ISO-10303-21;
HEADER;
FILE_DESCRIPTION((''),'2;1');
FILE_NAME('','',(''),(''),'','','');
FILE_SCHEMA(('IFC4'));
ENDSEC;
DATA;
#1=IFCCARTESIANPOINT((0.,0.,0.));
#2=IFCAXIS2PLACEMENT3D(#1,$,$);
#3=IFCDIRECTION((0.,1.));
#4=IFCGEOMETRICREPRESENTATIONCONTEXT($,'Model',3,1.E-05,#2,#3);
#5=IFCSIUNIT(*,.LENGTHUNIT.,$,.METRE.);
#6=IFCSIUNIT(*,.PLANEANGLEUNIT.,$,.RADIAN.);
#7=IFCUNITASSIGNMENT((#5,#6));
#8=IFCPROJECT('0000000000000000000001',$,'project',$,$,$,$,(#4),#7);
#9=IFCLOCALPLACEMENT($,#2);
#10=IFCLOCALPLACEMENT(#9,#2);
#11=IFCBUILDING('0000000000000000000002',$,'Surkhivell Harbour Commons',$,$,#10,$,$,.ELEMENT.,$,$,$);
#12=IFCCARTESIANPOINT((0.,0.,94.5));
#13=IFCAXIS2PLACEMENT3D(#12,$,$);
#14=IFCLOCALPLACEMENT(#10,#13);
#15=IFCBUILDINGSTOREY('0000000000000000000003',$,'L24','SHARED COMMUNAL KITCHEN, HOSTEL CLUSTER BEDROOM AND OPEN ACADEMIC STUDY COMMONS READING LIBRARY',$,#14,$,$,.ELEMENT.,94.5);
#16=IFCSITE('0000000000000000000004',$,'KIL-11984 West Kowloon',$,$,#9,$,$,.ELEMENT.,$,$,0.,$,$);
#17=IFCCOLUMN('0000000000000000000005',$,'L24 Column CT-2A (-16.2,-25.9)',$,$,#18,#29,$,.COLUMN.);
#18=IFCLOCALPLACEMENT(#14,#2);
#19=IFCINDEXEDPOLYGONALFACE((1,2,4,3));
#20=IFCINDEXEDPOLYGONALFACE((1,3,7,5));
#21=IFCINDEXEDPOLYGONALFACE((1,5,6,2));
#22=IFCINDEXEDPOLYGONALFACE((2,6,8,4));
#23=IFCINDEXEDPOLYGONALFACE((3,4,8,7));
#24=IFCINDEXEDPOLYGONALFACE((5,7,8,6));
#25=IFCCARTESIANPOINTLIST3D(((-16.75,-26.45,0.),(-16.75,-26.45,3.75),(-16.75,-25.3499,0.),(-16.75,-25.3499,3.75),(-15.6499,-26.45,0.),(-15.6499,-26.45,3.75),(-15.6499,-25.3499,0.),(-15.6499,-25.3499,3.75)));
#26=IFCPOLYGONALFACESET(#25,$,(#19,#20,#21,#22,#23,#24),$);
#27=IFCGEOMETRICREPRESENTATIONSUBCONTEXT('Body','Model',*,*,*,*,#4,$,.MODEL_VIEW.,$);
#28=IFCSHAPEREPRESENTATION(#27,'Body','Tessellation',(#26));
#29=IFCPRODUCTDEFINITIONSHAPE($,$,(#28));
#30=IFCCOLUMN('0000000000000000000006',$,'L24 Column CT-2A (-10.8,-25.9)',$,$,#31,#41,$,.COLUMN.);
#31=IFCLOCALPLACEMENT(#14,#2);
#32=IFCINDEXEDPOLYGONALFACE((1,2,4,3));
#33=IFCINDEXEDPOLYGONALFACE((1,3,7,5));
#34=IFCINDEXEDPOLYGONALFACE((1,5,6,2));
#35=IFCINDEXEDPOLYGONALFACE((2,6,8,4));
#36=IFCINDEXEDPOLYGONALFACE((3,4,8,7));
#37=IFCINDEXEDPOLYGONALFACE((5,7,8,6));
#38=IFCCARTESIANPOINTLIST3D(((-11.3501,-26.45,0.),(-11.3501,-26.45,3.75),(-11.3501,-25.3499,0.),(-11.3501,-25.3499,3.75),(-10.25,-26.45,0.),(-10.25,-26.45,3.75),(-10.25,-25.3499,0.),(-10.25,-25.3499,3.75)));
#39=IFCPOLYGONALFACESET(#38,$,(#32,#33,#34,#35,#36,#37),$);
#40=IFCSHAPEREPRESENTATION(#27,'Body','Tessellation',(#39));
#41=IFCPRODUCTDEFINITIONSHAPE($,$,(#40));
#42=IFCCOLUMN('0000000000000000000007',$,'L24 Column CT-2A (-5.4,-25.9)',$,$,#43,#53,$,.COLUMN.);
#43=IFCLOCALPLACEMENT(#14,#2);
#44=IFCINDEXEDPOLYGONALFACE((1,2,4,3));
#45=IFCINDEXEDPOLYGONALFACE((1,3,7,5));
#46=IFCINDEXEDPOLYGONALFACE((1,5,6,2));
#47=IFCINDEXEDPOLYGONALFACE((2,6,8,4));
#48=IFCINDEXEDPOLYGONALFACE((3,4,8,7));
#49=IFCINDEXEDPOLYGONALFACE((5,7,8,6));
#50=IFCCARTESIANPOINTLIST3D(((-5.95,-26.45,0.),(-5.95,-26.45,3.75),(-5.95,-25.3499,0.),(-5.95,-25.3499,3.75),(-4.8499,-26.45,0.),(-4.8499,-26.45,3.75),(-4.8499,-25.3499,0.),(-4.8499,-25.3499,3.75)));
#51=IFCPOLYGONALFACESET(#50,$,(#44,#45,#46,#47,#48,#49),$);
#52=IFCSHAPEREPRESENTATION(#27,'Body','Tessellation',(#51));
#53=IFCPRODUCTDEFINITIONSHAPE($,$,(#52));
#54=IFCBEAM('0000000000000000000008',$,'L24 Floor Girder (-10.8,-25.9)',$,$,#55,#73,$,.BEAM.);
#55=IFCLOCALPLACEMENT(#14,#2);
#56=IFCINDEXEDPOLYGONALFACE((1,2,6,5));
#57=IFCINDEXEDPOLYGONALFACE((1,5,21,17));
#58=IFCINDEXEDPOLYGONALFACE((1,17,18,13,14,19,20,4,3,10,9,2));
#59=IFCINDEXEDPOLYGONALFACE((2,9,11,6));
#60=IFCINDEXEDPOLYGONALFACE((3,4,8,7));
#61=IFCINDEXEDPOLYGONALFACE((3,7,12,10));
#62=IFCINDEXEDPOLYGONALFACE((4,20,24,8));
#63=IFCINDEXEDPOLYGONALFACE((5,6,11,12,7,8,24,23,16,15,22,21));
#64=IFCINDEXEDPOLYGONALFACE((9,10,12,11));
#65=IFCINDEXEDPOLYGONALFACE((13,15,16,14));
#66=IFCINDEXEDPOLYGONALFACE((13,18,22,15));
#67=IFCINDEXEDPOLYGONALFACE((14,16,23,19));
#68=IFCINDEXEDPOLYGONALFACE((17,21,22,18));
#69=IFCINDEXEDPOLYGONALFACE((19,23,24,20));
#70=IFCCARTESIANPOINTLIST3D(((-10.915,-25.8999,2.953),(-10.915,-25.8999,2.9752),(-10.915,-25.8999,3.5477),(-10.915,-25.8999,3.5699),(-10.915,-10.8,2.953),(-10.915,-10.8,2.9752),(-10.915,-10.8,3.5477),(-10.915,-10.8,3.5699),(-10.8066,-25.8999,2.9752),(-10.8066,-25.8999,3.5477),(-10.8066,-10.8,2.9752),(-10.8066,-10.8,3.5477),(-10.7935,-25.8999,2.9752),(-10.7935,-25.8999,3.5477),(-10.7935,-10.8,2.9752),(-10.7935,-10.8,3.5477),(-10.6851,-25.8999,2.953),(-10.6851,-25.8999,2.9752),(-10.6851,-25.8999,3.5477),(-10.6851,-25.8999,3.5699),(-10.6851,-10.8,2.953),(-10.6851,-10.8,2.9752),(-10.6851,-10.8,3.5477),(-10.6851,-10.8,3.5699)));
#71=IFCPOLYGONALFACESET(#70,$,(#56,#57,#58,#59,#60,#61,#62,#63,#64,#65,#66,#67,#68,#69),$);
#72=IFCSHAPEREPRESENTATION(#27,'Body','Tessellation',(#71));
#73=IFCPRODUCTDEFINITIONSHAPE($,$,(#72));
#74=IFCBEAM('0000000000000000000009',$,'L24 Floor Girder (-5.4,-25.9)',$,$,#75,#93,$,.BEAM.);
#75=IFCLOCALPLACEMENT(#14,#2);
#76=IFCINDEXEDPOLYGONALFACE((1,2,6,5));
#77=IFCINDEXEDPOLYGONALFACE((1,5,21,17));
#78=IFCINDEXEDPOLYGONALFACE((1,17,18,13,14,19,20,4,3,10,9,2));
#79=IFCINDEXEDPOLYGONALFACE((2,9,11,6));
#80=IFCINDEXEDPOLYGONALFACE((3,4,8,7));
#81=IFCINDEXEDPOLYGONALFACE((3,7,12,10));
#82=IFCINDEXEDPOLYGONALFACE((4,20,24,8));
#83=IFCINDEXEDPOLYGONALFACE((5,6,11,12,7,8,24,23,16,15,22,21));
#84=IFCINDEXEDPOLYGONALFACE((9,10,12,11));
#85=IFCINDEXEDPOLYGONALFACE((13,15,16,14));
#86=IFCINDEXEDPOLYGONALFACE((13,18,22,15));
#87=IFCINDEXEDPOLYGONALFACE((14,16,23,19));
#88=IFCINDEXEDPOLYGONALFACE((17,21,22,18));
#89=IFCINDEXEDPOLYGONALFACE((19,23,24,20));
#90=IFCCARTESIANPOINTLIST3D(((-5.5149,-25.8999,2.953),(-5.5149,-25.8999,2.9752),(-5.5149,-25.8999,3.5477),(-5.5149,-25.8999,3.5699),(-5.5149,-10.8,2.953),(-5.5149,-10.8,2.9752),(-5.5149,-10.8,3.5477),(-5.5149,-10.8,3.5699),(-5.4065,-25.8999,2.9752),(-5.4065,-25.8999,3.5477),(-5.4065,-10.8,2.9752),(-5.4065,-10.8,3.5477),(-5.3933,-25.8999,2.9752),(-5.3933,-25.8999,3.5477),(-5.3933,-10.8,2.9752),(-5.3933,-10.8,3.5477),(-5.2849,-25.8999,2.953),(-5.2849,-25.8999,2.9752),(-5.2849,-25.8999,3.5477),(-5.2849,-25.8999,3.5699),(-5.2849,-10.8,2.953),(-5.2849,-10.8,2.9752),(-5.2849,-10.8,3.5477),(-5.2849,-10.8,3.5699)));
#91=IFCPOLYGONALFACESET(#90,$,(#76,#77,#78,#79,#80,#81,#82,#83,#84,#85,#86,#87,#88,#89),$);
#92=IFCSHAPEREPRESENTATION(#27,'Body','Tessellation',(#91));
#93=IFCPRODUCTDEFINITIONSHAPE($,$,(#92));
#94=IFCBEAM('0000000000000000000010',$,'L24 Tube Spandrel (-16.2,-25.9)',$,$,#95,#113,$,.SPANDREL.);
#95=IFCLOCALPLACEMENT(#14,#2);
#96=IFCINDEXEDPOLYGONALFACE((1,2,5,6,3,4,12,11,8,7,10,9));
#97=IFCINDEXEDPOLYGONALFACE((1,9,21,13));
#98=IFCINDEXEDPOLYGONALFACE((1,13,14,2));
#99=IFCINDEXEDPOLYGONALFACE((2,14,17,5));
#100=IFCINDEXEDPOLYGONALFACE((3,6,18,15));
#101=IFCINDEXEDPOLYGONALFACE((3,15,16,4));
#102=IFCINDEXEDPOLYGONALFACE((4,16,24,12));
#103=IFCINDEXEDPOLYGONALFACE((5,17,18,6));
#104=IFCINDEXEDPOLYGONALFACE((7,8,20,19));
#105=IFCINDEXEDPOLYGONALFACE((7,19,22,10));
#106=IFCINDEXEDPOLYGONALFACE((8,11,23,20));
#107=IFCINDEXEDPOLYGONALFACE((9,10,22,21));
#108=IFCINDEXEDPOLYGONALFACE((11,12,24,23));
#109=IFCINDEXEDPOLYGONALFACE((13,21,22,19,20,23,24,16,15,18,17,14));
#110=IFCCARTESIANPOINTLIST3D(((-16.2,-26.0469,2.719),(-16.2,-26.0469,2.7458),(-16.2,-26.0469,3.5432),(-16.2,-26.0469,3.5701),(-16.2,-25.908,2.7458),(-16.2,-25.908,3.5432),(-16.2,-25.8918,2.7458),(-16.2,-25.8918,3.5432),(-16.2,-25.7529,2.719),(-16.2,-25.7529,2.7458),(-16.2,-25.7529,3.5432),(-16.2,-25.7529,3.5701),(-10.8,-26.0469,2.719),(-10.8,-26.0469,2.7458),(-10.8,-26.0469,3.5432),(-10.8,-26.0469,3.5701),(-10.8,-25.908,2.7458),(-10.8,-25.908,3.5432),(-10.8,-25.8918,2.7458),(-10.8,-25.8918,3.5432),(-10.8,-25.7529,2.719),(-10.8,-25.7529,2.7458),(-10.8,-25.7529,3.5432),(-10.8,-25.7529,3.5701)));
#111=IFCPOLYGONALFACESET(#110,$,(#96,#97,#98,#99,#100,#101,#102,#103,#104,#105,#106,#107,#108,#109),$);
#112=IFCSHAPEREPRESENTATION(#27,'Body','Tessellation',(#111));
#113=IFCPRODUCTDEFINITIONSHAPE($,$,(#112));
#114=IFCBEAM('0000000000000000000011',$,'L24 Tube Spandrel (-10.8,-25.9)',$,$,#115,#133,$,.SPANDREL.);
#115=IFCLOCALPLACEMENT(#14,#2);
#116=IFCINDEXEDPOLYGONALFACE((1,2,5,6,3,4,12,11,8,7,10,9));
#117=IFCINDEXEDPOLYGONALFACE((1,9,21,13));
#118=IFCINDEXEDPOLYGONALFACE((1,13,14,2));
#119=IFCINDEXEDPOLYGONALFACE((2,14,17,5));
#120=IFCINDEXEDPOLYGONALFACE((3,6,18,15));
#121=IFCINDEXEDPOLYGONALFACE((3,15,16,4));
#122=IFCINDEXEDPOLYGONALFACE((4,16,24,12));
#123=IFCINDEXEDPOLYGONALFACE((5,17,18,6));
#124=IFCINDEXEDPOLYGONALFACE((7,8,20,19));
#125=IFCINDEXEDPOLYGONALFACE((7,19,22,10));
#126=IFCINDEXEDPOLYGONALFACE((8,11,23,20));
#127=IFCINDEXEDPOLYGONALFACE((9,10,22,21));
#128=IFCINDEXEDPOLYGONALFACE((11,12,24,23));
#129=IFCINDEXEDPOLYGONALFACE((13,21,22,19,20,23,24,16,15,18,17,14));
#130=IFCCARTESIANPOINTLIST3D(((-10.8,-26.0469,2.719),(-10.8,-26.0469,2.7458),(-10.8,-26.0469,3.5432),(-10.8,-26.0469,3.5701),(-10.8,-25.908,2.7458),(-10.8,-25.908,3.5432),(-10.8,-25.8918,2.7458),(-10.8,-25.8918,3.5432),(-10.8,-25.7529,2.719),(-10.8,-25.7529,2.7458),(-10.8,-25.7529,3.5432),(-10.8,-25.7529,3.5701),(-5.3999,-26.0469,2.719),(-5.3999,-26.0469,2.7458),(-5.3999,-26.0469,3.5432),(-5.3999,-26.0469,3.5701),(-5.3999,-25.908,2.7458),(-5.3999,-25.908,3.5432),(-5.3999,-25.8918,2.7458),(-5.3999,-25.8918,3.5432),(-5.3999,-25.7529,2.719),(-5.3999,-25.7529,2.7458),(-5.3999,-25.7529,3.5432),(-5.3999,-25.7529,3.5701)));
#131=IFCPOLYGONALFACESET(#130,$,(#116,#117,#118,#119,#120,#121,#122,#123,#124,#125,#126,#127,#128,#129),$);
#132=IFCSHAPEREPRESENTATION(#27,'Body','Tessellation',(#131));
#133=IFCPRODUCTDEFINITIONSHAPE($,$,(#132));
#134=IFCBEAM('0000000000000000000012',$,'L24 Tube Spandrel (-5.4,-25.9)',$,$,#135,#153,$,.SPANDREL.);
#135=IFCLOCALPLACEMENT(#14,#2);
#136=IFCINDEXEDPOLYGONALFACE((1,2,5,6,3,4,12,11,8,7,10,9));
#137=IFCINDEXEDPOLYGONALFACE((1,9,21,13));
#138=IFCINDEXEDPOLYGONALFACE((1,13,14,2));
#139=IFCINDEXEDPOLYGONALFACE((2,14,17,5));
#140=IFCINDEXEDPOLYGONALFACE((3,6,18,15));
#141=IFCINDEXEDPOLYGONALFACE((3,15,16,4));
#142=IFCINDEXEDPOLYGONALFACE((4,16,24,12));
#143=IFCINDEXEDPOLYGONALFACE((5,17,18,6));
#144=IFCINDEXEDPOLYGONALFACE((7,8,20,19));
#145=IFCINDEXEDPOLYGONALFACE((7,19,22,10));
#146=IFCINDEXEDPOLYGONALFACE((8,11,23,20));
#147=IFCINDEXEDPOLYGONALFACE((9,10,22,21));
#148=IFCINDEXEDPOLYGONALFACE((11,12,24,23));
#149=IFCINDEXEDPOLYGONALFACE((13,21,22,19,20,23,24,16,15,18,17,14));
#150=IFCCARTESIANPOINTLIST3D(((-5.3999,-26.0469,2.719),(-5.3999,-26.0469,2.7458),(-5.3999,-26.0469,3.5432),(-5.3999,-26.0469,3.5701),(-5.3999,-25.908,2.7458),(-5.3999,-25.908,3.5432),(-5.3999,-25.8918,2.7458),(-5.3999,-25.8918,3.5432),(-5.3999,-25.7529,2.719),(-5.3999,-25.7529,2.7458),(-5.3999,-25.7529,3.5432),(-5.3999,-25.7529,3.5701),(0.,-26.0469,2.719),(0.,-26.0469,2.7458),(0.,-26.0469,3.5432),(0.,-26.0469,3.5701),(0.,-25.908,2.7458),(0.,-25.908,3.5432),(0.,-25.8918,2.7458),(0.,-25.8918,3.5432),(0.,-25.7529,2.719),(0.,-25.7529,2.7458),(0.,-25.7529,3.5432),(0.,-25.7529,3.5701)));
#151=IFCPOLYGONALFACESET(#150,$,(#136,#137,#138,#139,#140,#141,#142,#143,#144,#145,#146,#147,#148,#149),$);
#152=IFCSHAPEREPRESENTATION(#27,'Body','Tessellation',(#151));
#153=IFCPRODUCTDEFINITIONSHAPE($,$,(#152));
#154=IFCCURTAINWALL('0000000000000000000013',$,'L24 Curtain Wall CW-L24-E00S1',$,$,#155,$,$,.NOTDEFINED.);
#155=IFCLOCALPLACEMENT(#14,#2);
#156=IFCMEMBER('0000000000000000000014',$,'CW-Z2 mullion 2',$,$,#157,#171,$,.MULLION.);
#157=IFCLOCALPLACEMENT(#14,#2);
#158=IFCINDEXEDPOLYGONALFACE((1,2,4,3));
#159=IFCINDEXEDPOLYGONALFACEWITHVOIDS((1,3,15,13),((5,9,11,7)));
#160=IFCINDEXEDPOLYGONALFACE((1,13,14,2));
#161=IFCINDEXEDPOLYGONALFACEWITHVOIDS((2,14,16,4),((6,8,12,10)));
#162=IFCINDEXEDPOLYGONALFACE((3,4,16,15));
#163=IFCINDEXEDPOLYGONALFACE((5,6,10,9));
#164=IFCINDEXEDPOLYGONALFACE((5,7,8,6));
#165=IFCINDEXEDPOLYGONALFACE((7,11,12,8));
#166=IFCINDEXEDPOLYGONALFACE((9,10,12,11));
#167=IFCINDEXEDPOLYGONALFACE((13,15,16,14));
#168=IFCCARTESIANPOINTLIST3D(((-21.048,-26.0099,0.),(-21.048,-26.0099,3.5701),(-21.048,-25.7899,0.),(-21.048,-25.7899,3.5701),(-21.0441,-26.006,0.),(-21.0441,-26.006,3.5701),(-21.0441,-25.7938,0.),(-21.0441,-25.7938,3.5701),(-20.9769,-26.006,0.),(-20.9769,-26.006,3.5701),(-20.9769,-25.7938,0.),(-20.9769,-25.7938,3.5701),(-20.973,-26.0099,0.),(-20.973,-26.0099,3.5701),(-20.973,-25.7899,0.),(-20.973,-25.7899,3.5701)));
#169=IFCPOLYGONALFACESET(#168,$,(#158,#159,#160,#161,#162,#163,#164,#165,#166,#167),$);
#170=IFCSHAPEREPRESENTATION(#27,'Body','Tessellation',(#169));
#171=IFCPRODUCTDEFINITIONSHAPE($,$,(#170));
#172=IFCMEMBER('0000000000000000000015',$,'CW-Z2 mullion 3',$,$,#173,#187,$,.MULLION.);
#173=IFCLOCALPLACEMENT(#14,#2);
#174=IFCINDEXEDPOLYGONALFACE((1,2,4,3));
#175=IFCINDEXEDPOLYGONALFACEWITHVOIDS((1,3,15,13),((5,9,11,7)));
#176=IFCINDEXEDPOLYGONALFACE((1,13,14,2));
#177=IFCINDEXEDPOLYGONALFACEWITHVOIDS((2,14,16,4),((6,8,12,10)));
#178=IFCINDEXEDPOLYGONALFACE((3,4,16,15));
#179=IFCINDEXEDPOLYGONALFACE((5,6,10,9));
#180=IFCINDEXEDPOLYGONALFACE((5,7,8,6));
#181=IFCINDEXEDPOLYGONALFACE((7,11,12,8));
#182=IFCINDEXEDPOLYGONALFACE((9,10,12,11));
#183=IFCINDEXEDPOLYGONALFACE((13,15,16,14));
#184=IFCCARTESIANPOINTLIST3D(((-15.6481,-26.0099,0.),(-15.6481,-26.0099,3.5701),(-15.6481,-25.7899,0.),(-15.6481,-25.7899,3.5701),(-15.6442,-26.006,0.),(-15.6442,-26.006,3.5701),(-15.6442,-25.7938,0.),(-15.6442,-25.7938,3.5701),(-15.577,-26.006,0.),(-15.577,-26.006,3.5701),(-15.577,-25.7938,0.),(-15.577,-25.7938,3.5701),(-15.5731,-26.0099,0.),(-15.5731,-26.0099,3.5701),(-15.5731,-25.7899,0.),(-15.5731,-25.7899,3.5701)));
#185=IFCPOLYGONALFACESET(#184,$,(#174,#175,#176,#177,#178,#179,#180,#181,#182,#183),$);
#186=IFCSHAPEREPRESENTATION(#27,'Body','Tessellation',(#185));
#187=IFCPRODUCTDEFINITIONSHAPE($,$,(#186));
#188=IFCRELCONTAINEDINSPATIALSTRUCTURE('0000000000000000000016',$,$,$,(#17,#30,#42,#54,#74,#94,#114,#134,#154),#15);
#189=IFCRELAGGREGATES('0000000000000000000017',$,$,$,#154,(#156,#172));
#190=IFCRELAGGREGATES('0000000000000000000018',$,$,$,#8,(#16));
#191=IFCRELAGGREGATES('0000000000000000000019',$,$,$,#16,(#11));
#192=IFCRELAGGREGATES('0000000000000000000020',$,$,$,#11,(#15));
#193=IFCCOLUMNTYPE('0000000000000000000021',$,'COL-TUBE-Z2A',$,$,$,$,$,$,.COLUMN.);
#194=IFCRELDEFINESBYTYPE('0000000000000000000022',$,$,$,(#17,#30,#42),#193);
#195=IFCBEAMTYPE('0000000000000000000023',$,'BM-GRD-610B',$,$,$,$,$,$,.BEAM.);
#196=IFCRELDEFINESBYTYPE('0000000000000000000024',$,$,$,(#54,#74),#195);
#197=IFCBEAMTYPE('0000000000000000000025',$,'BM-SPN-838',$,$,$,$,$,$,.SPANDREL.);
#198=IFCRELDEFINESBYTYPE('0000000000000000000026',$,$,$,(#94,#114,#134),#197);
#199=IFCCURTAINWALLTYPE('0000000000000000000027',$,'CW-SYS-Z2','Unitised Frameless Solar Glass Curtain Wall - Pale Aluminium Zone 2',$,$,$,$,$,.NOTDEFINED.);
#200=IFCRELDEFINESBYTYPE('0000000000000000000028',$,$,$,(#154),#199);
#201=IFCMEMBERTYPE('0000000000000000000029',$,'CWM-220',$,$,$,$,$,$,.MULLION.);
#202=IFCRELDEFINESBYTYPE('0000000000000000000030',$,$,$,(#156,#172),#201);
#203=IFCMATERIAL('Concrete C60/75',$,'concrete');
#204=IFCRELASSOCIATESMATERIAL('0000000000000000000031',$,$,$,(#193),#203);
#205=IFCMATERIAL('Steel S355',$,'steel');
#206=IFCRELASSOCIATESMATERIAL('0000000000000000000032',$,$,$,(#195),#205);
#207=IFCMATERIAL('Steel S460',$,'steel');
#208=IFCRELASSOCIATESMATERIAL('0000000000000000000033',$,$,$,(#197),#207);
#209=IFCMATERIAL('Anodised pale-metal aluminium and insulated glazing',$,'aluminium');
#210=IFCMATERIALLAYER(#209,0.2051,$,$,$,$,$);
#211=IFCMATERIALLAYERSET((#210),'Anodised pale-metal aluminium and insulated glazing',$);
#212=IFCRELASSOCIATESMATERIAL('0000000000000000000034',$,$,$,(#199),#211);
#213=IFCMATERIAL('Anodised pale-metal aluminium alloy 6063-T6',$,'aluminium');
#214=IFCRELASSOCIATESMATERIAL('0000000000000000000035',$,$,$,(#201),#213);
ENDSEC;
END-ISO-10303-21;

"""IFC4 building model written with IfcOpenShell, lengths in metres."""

from ifc_helpers import new_model, si_unit, direction, frame, origin, origin_2d, place, context, subcontext, project, spatial, rectangle, hollow_rectangle, i_section, extrude, material, layer, layer_set, material_profile, profile_set, type_object, element, aggregate, save


model = new_model("IFC4")

# Units and contexts
model_context = context("Model", 3, precision=1e-05, world=origin(), true_north=direction((0.0, 1.0)))
body_context = subcontext(model_context, "Body", "Model", "MODEL_VIEW")
ifc_project = project(units=[si_unit("LENGTHUNIT", "METRE"), si_unit("PLANEANGLEUNIT", "RADIAN")], contexts=[model_context])

# Site, building, storey
site_placement = place(None, origin())
site = spatial("IfcSite", under=ifc_project, at=site_placement, Name="KIL-11984 West Kowloon", CompositionType="ELEMENT", RefElevation=0.0)
building_placement = place(site_placement, origin())
building = spatial("IfcBuilding", under=site, at=building_placement, Name="Surkhivell Harbour Commons", CompositionType="ELEMENT")
storey_placement = place(building_placement, frame((0.0, 0.0, 94.5)))
storey = spatial("IfcBuildingStorey", under=building, at=storey_placement, Name="L24", Description="SHARED COMMUNAL KITCHEN, HOSTEL CLUSTER BEDROOM AND OPEN ACADEMIC STUDY COMMONS READING LIBRARY", CompositionType="ELEMENT", Elevation=94.5)

# Columns
ifc_material_1 = material(Name="Concrete C60/75", Category="concrete")
ifc_material_profile_1 = material_profile(ifc_material_1, rectangle(XDim=1.1001, YDim=1.1001, at=origin_2d()), Name="RC-COL-1100x1100")
ifc_profile_set_1 = profile_set([ifc_material_profile_1], Name="Concrete C60/75")
column_type = type_object("IfcColumnType", Name="COL-TUBE-Z2A", PredefinedType="COLUMN", material=ifc_profile_set_1)
for number, where, z_axis, x_axis, name in (
    (1, (-16.2, -25.8999, 0.0), (0.0, 0.0, 1.0), (1.0, 0.0, 0.0), "L24 Column CT-2A (-16.2,-25.9)"),
    (2, (-10.8, -25.8999, 0.0), (0.0, 0.0, 1.0), (1.0, 0.0, 0.0), "L24 Column CT-2A (-10.8,-25.9)"),
    (3, (-5.3999, -25.8999, 0.0), (0.0, 0.0, 1.0), (1.0, 0.0, 0.0), "L24 Column CT-2A (-5.4,-25.9)"),
):
    element("IfcColumn", number, at=place(storey_placement, frame(where, z_axis=z_axis, x_axis=x_axis)), inside=storey, type_object=column_type, Name=name, PredefinedType="COLUMN", context=body_context, shape_type="SweptSolid", body=[
        extrude(rectangle(XDim=1.1001, YDim=1.1001, at=origin_2d()), origin(), (0.0, 0.0, 1.0), 3.75),
    ])

# Beams
ifc_material_2 = material(Name="Steel S355", Category="steel")
ifc_material_profile_2 = material_profile(ifc_material_2, i_section(OverallWidth=0.23, OverallDepth=0.6169, WebThickness=0.0132, FlangeThickness=0.0222, at=origin_2d()), Name="UB610x229x140")
ifc_profile_set_2 = profile_set([ifc_material_profile_2], Name="Steel S355")
beam_type_1 = type_object("IfcBeamType", Name="BM-GRD-610B", PredefinedType="BEAM", material=ifc_profile_set_2)
for number, where, z_axis, x_axis, name in (
    (4, (-10.8, -25.8999, 3.2615), (0.0, 1.0, 0.0), (-1.0, 0.0, 0.0), "L24 Floor Girder (-10.8,-25.9)"),
    (5, (-5.3999, -25.8999, 3.2615), (0.0, 1.0, 0.0), (-1.0, 0.0, 0.0), "L24 Floor Girder (-5.4,-25.9)"),
):
    element("IfcBeam", number, at=place(storey_placement, frame(where, z_axis=z_axis, x_axis=x_axis)), inside=storey, type_object=beam_type_1, Name=name, PredefinedType="BEAM", context=body_context, shape_type="SweptSolid", body=[
        extrude(i_section(OverallWidth=0.23, OverallDepth=0.6169, WebThickness=0.0132, FlangeThickness=0.0222, at=origin_2d()), origin(), (0.0, 0.0, 1.0), 15.0999),
    ])
ifc_material_3 = material(Name="Steel S460", Category="steel")
ifc_material_profile_3 = material_profile(ifc_material_3, i_section(OverallWidth=0.2939, OverallDepth=0.8511, WebThickness=0.0161, FlangeThickness=0.0269, at=origin_2d()), Name="UB838x292x226")
ifc_profile_set_3 = profile_set([ifc_material_profile_3], Name="Steel S460")
beam_type_2 = type_object("IfcBeamType", Name="BM-SPN-838", PredefinedType="SPANDREL", material=ifc_profile_set_3)
beam_1_placement = place(storey_placement, frame((-16.2, -25.8999, 3.1445), z_axis=(1.0, 0.0, 0.0), x_axis=(0.0, 1.0, 0.0)))
element("IfcBeam", 6, at=beam_1_placement, inside=storey, type_object=beam_type_2, Name="L24 Tube Spandrel (-16.2,-25.9)", PredefinedType="SPANDREL", context=body_context, shape_type="SweptSolid", body=[
    extrude(i_section(OverallWidth=0.2939, OverallDepth=0.8511, WebThickness=0.0161, FlangeThickness=0.0269, at=origin_2d()), origin(), (0.0, 0.0, 1.0), 5.3999),
])
beam_2_placement = place(storey_placement, frame((-10.8, -25.8999, 3.1445), z_axis=(1.0, 0.0, 0.0), x_axis=(0.0, 1.0, 0.0)))
element("IfcBeam", 7, at=beam_2_placement, inside=storey, type_object=beam_type_2, Name="L24 Tube Spandrel (-10.8,-25.9)", PredefinedType="SPANDREL", context=body_context, shape_type="SweptSolid", body=[
    extrude(i_section(OverallWidth=0.2939, OverallDepth=0.8511, WebThickness=0.0161, FlangeThickness=0.0269, at=origin_2d()), origin(), (0.0, 0.0, 1.0), 5.4001),
])
beam_3_placement = place(storey_placement, frame((-5.3999, -25.8999, 3.1445), z_axis=(1.0, 0.0, 0.0), x_axis=(0.0, 1.0, 0.0)))
element("IfcBeam", 8, at=beam_3_placement, inside=storey, type_object=beam_type_2, Name="L24 Tube Spandrel (-5.4,-25.9)", PredefinedType="SPANDREL", context=body_context, shape_type="SweptSolid", body=[
    extrude(i_section(OverallWidth=0.2939, OverallDepth=0.8511, WebThickness=0.0161, FlangeThickness=0.0269, at=origin_2d()), origin(), (0.0, 0.0, 1.0), 5.3999),
])

# Curtain wall, members
ifc_material_4 = material(Name="Anodised pale-metal aluminium and insulated glazing", Category="aluminium")
ifc_layer_1 = layer(ifc_material_4, 0.2051)
ifc_layer_set_1 = layer_set([ifc_layer_1], Name="Anodised pale-metal aluminium and insulated glazing")
curtain_wall_type = type_object("IfcCurtainWallType", Name="CW-SYS-Z2", Description="Unitised Frameless Solar Glass Curtain Wall - Pale Aluminium Zone 2", PredefinedType="NOTDEFINED", material=ifc_layer_set_1)
curtain_wall_placement = place(storey_placement, origin())
curtain_wall = element("IfcCurtainWall", 9, at=curtain_wall_placement, inside=storey, type_object=curtain_wall_type, Name="L24 Curtain Wall CW-L24-E00S1", PredefinedType="NOTDEFINED")
ifc_material_5 = material(Name="Anodised pale-metal aluminium alloy 6063-T6", Category="aluminium")
ifc_material_profile_4 = material_profile(ifc_material_5, hollow_rectangle(XDim=0.075, YDim=0.22, WallThickness=0.0039, at=origin_2d()), Name="ALU-MULL-75x220")
ifc_profile_set_4 = profile_set([ifc_material_profile_4], Name="Anodised pale-metal aluminium alloy 6063-T6")
member_type_1 = type_object("IfcMemberType", Name="CWM-220", PredefinedType="MULLION", material=ifc_profile_set_4)
member_1_placement = place(storey_placement, frame((-21.0105, -25.8999, 0.0), z_axis=(0.0, 0.0, 1.0), x_axis=(1.0, 0.0, 0.0)))
member_1 = element("IfcMember", 10, at=member_1_placement, type_object=member_type_1, Name="CW-Z2 mullion 2", PredefinedType="MULLION", context=body_context, shape_type="SweptSolid", body=[
    extrude(hollow_rectangle(XDim=0.075, YDim=0.22, WallThickness=0.0039, at=origin_2d()), origin(), (0.0, 0.0, 1.0), 3.5701),
])
member_2_placement = place(storey_placement, frame((-15.6106, -25.8999, 0.0), z_axis=(0.0, 0.0, 1.0), x_axis=(1.0, 0.0, 0.0)))
member_2 = element("IfcMember", 11, at=member_2_placement, type_object=member_type_1, Name="CW-Z2 mullion 3", PredefinedType="MULLION", context=body_context, shape_type="SweptSolid", body=[
    extrude(hollow_rectangle(XDim=0.075, YDim=0.22, WallThickness=0.0039, at=origin_2d()), origin(), (0.0, 0.0, 1.0), 3.5701),
])

aggregate(curtain_wall, [member_1, member_2])

save(model, "model.ifc")
